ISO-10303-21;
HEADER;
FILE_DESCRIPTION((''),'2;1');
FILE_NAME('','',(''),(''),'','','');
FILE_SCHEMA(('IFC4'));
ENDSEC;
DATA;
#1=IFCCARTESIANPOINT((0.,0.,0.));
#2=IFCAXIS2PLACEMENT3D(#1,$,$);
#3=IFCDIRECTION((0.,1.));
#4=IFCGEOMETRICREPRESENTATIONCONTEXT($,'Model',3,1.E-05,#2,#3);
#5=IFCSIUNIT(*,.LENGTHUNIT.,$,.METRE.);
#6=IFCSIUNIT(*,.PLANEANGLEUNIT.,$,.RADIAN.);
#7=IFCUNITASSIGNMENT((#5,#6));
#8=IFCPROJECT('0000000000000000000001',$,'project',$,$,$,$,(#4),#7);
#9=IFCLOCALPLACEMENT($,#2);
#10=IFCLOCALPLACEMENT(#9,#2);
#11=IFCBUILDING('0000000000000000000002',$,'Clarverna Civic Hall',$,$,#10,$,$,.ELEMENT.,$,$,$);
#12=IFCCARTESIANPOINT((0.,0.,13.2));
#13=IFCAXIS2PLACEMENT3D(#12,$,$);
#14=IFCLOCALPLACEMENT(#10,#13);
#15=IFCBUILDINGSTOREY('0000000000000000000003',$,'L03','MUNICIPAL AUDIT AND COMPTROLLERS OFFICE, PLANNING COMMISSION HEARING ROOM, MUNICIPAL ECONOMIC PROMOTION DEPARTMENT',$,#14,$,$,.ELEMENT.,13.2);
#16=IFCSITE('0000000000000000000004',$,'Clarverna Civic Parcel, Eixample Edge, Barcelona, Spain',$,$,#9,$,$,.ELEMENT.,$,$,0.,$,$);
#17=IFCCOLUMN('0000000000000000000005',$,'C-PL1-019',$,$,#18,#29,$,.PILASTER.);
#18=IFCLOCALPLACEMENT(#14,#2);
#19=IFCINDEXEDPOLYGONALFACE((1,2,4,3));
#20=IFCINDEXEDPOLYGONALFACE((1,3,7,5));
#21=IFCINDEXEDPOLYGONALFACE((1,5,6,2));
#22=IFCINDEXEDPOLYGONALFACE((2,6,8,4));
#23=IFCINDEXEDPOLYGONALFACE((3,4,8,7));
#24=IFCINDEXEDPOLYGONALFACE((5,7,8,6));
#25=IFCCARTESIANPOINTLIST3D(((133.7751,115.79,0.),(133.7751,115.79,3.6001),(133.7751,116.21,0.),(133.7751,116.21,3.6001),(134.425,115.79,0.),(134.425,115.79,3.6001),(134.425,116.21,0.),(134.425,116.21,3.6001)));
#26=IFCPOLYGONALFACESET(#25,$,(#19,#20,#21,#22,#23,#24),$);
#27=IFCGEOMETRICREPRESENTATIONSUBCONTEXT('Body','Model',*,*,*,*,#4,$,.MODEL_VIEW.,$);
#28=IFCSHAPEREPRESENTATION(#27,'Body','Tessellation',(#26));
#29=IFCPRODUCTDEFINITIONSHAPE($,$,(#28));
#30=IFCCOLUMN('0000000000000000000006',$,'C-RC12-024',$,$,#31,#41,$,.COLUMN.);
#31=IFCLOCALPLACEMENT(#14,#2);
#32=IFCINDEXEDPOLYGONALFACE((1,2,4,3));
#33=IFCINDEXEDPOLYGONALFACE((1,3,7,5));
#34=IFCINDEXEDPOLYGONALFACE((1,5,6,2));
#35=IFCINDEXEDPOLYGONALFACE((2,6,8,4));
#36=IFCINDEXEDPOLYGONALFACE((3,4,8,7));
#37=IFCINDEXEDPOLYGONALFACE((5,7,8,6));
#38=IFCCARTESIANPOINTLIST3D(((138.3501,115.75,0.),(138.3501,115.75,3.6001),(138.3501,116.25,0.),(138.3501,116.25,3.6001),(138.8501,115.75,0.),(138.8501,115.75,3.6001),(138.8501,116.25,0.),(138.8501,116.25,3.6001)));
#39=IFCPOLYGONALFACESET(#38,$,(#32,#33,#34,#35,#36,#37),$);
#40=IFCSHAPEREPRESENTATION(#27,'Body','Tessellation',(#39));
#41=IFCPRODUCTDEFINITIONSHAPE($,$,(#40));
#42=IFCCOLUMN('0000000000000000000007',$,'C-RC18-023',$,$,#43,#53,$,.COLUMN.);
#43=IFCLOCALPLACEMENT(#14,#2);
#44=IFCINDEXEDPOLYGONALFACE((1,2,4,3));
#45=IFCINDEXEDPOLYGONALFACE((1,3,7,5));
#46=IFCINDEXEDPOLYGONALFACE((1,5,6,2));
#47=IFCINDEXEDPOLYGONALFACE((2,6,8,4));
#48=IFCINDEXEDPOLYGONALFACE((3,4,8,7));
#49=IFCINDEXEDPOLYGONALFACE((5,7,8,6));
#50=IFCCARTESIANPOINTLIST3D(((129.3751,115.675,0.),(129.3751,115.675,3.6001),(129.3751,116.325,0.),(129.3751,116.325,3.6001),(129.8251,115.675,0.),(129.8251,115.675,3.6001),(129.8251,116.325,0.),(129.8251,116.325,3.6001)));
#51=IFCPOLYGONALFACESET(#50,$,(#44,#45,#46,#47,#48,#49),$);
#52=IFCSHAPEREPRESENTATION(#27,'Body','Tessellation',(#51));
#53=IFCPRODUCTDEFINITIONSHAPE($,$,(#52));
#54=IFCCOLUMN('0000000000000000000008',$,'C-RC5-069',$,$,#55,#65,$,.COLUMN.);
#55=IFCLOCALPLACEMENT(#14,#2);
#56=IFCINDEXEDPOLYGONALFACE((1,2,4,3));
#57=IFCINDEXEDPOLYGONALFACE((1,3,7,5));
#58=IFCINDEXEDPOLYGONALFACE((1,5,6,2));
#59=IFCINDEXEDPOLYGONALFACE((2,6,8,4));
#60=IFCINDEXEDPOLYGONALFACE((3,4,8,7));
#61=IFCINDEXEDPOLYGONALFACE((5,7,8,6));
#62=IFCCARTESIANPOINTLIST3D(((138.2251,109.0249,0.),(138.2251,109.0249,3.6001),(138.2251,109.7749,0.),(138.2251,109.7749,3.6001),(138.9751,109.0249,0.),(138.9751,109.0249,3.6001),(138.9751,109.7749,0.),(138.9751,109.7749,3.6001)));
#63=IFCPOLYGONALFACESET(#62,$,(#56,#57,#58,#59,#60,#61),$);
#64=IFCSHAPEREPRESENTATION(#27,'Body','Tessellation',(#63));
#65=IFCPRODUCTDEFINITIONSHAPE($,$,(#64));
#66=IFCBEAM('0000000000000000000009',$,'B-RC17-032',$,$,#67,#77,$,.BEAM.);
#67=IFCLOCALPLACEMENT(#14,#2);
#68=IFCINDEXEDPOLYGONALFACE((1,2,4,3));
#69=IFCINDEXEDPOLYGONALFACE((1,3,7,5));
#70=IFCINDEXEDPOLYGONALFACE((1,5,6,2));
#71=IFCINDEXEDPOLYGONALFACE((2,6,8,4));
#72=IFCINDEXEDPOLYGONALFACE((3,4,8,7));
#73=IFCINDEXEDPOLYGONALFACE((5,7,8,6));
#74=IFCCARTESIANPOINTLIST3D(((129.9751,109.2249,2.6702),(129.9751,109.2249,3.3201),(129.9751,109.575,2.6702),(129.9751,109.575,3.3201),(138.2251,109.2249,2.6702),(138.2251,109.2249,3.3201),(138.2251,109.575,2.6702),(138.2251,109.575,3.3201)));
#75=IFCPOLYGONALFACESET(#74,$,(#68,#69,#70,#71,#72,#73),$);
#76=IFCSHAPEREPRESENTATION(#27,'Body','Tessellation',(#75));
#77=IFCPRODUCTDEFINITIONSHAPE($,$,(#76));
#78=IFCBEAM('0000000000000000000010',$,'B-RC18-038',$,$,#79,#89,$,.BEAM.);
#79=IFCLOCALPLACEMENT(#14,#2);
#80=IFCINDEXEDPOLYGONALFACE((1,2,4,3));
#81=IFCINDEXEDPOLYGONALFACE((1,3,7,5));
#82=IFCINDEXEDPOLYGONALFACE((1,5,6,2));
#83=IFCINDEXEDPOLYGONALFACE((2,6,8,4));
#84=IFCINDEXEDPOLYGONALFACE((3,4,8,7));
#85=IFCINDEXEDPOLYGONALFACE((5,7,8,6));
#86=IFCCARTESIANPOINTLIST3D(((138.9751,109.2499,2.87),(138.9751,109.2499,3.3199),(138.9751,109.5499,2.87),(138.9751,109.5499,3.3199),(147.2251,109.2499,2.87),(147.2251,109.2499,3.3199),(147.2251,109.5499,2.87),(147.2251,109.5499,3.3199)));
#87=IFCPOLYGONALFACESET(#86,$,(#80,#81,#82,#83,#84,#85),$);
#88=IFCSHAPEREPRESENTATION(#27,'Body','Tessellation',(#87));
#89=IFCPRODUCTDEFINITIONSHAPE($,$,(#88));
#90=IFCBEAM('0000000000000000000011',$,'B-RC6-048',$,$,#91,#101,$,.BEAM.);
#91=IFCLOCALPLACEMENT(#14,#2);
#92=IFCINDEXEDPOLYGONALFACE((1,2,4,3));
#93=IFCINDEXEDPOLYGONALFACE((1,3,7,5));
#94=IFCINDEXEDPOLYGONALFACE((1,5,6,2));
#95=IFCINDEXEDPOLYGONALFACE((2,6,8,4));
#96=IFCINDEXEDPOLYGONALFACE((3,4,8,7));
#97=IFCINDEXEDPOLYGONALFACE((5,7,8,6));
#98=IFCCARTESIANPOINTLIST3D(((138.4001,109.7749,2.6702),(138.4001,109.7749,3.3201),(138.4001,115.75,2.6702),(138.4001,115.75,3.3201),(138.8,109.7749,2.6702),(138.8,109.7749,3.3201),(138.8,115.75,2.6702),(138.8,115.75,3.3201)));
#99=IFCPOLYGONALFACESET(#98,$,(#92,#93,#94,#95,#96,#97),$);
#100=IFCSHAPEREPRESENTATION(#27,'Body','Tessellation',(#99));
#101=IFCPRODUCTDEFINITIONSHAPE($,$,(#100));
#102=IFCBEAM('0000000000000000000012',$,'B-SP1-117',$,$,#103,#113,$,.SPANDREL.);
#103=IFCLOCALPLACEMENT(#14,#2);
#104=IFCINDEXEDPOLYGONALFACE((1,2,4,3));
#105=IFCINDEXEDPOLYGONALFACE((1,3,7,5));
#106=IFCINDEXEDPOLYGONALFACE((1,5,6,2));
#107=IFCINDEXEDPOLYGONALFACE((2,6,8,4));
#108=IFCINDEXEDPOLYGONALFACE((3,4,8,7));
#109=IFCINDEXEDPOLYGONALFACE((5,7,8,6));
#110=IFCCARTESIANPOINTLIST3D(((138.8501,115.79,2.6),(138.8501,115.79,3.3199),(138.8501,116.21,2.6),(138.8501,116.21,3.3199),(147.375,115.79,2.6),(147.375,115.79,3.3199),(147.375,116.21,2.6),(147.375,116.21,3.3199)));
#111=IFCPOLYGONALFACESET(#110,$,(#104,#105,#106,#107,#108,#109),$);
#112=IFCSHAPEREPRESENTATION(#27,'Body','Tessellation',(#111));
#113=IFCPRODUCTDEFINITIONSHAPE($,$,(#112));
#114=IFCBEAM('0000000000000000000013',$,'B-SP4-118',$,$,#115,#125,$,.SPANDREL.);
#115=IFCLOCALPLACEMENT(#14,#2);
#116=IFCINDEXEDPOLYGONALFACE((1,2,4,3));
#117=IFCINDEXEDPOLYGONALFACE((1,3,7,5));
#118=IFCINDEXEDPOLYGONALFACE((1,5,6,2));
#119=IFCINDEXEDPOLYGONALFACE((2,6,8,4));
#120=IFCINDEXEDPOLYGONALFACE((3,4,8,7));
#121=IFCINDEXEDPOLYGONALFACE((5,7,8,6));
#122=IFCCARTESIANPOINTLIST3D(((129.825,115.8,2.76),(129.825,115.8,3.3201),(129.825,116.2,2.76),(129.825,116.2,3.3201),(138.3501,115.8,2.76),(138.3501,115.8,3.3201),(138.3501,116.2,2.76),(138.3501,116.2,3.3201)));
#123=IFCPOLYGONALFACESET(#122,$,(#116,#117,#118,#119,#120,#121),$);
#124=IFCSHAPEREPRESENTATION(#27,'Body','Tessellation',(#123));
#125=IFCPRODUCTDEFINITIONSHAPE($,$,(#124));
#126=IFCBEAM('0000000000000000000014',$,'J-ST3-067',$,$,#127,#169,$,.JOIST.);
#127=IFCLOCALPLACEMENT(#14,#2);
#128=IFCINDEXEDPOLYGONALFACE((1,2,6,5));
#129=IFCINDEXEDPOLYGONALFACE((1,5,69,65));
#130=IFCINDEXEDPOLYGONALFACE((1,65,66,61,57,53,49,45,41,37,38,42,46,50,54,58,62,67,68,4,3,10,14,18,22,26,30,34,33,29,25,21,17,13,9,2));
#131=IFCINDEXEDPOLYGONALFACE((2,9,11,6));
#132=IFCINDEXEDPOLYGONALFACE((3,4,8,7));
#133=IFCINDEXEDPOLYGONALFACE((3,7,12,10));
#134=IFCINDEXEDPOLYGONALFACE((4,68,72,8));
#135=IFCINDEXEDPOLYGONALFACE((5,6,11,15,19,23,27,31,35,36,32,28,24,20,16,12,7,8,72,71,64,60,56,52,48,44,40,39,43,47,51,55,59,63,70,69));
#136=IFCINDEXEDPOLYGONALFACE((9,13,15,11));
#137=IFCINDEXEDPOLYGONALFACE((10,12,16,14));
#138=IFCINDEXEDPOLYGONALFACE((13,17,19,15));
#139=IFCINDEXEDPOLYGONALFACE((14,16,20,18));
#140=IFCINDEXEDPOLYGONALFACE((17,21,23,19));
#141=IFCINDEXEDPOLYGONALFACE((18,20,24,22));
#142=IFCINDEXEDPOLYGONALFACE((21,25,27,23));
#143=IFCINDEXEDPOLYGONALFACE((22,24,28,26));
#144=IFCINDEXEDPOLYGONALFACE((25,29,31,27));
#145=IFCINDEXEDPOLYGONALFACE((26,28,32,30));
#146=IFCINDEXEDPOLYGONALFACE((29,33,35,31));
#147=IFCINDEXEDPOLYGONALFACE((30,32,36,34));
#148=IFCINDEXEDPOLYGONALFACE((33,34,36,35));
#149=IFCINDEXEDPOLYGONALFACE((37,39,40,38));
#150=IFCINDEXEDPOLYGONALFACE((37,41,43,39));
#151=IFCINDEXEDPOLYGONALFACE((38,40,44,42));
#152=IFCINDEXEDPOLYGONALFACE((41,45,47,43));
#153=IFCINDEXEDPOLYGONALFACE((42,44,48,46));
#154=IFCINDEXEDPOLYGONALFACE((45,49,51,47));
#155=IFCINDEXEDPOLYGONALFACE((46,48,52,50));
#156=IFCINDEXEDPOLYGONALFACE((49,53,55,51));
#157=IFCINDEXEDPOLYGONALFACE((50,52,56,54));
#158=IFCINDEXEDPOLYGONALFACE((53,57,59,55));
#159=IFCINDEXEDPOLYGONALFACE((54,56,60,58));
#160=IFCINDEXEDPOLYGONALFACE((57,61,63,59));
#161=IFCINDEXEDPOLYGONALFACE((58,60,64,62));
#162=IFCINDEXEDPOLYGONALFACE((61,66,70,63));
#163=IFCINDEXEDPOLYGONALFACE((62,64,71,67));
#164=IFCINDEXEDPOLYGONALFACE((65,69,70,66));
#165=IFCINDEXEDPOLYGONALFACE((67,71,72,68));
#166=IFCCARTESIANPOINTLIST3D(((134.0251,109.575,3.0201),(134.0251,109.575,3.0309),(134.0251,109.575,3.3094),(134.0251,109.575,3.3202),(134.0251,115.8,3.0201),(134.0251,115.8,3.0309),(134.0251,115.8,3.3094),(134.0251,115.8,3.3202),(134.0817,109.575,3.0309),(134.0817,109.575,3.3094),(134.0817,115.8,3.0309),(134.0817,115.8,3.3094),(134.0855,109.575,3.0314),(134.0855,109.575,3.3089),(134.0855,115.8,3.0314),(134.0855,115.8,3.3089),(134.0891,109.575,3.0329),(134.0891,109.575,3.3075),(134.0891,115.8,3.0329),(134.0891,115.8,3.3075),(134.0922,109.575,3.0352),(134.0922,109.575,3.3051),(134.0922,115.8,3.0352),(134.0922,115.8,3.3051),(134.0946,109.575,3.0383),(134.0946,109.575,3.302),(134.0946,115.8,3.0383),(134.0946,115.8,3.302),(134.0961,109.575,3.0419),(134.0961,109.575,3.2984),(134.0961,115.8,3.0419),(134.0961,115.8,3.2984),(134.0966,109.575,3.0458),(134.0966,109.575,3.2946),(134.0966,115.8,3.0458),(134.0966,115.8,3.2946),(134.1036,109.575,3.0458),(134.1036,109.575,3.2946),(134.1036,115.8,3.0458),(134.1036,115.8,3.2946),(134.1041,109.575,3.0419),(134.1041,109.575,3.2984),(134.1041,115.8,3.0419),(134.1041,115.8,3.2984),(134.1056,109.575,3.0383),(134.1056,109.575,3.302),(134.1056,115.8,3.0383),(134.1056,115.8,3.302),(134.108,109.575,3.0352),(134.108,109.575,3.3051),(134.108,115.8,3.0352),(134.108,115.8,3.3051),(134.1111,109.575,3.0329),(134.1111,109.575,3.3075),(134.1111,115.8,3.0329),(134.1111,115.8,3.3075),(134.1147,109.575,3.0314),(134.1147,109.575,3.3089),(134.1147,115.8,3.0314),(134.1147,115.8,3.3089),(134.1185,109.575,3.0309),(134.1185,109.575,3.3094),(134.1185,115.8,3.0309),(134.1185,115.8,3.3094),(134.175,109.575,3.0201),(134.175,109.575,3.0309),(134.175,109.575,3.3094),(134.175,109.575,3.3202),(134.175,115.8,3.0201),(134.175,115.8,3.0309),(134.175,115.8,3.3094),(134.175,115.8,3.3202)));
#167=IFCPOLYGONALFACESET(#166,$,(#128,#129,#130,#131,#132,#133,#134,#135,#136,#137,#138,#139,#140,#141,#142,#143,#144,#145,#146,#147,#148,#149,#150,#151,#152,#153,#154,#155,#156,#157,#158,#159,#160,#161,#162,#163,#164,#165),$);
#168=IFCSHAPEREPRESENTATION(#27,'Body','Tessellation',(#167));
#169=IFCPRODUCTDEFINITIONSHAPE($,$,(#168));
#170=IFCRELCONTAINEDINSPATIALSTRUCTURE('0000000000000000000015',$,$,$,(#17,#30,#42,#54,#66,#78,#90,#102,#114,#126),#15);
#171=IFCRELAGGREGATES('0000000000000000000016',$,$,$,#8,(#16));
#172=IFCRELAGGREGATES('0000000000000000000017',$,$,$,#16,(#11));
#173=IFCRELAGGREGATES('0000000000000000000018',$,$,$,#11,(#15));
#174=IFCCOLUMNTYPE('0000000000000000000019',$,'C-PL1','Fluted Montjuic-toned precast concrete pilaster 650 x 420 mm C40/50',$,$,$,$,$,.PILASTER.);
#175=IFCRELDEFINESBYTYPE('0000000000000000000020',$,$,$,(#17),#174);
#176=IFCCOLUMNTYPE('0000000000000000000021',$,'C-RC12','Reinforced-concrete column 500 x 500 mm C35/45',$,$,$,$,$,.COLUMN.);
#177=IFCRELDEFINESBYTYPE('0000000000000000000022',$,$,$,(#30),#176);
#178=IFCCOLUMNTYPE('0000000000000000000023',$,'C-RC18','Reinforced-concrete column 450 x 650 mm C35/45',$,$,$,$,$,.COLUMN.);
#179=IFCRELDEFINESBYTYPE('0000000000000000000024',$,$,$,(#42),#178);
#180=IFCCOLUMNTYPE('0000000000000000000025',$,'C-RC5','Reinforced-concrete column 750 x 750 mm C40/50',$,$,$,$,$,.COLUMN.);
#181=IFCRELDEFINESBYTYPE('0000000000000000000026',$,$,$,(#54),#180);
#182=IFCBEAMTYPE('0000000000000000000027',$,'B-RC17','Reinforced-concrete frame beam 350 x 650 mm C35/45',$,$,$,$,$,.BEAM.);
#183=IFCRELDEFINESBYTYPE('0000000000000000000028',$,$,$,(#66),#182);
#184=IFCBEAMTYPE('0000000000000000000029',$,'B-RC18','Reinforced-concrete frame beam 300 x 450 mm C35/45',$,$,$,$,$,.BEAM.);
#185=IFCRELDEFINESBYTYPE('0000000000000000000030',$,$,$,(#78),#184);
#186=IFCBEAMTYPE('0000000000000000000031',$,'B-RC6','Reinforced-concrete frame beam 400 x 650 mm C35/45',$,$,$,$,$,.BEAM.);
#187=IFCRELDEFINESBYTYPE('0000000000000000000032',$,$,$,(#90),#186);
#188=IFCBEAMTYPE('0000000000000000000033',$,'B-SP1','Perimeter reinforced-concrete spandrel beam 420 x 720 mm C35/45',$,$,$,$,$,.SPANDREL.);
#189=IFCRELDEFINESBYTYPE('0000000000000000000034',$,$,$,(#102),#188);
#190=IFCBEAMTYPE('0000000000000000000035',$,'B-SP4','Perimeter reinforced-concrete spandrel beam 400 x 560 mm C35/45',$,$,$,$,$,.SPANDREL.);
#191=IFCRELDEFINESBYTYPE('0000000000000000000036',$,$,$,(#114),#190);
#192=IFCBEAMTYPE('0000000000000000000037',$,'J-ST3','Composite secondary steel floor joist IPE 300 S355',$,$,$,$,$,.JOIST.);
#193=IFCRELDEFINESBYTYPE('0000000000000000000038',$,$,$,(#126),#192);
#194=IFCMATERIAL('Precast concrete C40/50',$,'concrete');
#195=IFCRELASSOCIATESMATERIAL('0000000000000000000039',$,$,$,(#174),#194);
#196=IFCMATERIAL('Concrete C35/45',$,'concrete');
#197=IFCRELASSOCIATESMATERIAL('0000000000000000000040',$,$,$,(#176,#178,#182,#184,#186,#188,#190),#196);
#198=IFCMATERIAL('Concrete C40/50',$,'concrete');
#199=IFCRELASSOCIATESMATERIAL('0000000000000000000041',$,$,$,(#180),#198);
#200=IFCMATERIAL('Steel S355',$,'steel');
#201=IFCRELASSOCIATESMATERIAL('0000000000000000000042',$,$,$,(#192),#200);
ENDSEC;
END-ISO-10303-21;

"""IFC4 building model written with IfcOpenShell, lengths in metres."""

from ifc_helpers import new_model, si_unit, direction, frame, origin, origin_2d, place, context, subcontext, project, spatial, rectangle, i_section, extrude, material, material_profile, profile_set, type_object, element, save


model = new_model("IFC4")

# Units and contexts
model_context = context("Model", 3, precision=1e-05, world=origin(), true_north=direction((0.0, 1.0)))
body_context = subcontext(model_context, "Body", "Model", "MODEL_VIEW")
ifc_project = project(units=[si_unit("LENGTHUNIT", "METRE"), si_unit("PLANEANGLEUNIT", "RADIAN")], contexts=[model_context])

# Site, building, storey
site_placement = place(None, origin())
site = spatial("IfcSite", under=ifc_project, at=site_placement, Name="Clarverna Civic Parcel, Eixample Edge, Barcelona, Spain", CompositionType="ELEMENT", RefElevation=0.0)
building_placement = place(site_placement, origin())
building = spatial("IfcBuilding", under=site, at=building_placement, Name="Clarverna Civic Hall", CompositionType="ELEMENT")
storey_placement = place(building_placement, frame((0.0, 0.0, 13.2)))
storey = spatial("IfcBuildingStorey", under=building, at=storey_placement, Name="L03", Description="MUNICIPAL AUDIT AND COMPTROLLERS OFFICE, PLANNING COMMISSION HEARING ROOM, MUNICIPAL ECONOMIC PROMOTION DEPARTMENT", CompositionType="ELEMENT", Elevation=13.2)

# Columns
ifc_material_1 = material(Name="Precast concrete C40/50", Category="concrete")
ifc_material_profile_1 = material_profile(ifc_material_1, rectangle(XDim=0.6499, YDim=0.4199, at=origin_2d()), Name="PILASTER 650x420")
ifc_profile_set_1 = profile_set([ifc_material_profile_1], Name="Precast concrete C40/50")
column_type_1 = type_object("IfcColumnType", Name="C-PL1", Description="Fluted Montjuic-toned precast concrete pilaster 650 x 420 mm C40/50", PredefinedType="PILASTER", material=ifc_profile_set_1)
column_1_placement = place(storey_placement, frame((134.1001, 116.0, 0.0), z_axis=(0.0, 0.0, 1.0), x_axis=(1.0, 0.0, 0.0)))
element("IfcColumn", 1, at=column_1_placement, inside=storey, type_object=column_type_1, Name="C-PL1-019", PredefinedType="PILASTER", context=body_context, shape_type="SweptSolid", body=[
    extrude(rectangle(XDim=0.6499, YDim=0.4199, at=origin_2d()), origin(), (0.0, 0.0, 1.0), 3.6001),
])
ifc_material_2 = material(Name="Concrete C35/45", Category="concrete")
ifc_material_profile_2 = material_profile(ifc_material_2, rectangle(XDim=0.5, YDim=0.5, at=origin_2d()), Name="RC 500x500")
ifc_profile_set_2 = profile_set([ifc_material_profile_2], Name="Concrete C35/45")
column_type_2 = type_object("IfcColumnType", Name="C-RC12", Description="Reinforced-concrete column 500 x 500 mm C35/45", PredefinedType="COLUMN", material=ifc_profile_set_2)
column_2_placement = place(storey_placement, frame((138.6001, 116.0, 0.0), z_axis=(0.0, 0.0, 1.0), x_axis=(1.0, 0.0, 0.0)))
element("IfcColumn", 2, at=column_2_placement, inside=storey, type_object=column_type_2, Name="C-RC12-024", PredefinedType="COLUMN", context=body_context, shape_type="SweptSolid", body=[
    extrude(rectangle(XDim=0.5, YDim=0.5, at=origin_2d()), origin(), (0.0, 0.0, 1.0), 3.6001),
])
ifc_material_profile_3 = material_profile(ifc_material_2, rectangle(XDim=0.45, YDim=0.6499, at=origin_2d()), Name="RC 450x650")
ifc_profile_set_3 = profile_set([ifc_material_profile_3], Name="Concrete C35/45")
column_type_3 = type_object("IfcColumnType", Name="C-RC18", Description="Reinforced-concrete column 450 x 650 mm C35/45", PredefinedType="COLUMN", material=ifc_profile_set_3)
column_3_placement = place(storey_placement, frame((129.6001, 116.0, 0.0), z_axis=(0.0, 0.0, 1.0), x_axis=(1.0, 0.0, 0.0)))
element("IfcColumn", 3, at=column_3_placement, inside=storey, type_object=column_type_3, Name="C-RC18-023", PredefinedType="COLUMN", context=body_context, shape_type="SweptSolid", body=[
    extrude(rectangle(XDim=0.45, YDim=0.6499, at=origin_2d()), origin(), (0.0, 0.0, 1.0), 3.6001),
])
ifc_material_3 = material(Name="Concrete C40/50", Category="concrete")
ifc_material_profile_4 = material_profile(ifc_material_3, rectangle(XDim=0.75, YDim=0.75, at=origin_2d()), Name="RC 750x750")
ifc_profile_set_4 = profile_set([ifc_material_profile_4], Name="Concrete C40/50")
column_type_4 = type_object("IfcColumnType", Name="C-RC5", Description="Reinforced-concrete column 750 x 750 mm C40/50", PredefinedType="COLUMN", material=ifc_profile_set_4)
column_4_placement = place(storey_placement, frame((138.6001, 109.3999, 0.0), z_axis=(0.0, 0.0, 1.0), x_axis=(1.0, 0.0, 0.0)))
element("IfcColumn", 4, at=column_4_placement, inside=storey, type_object=column_type_4, Name="C-RC5-069", PredefinedType="COLUMN", context=body_context, shape_type="SweptSolid", body=[
    extrude(rectangle(XDim=0.75, YDim=0.75, at=origin_2d()), origin(), (0.0, 0.0, 1.0), 3.6001),
])

# Beams
ifc_material_profile_5 = material_profile(ifc_material_2, rectangle(XDim=0.3501, YDim=0.6499, at=origin_2d()), Name="RC 350x650")
ifc_profile_set_5 = profile_set([ifc_material_profile_5], Name="Concrete C35/45")
beam_type_1 = type_object("IfcBeamType", Name="B-RC17", Description="Reinforced-concrete frame beam 350 x 650 mm C35/45", PredefinedType="BEAM", material=ifc_profile_set_5)
beam_1_placement = place(storey_placement, frame((129.9751, 109.3999, 2.9951), z_axis=(1.0, 0.0, 0.0), x_axis=(0.0, 1.0, 0.0)))
element("IfcBeam", 5, at=beam_1_placement, inside=storey, type_object=beam_type_1, Name="B-RC17-032", PredefinedType="BEAM", context=body_context, shape_type="SweptSolid", body=[
    extrude(rectangle(XDim=0.3501, YDim=0.6499, at=origin_2d()), origin(), (0.0, 0.0, 1.0), 8.25),
])
ifc_material_profile_6 = material_profile(ifc_material_2, rectangle(XDim=0.3, YDim=0.45, at=origin_2d()), Name="RC 300x450")
ifc_profile_set_6 = profile_set([ifc_material_profile_6], Name="Concrete C35/45")
beam_type_2 = type_object("IfcBeamType", Name="B-RC18", Description="Reinforced-concrete frame beam 300 x 450 mm C35/45", PredefinedType="BEAM", material=ifc_profile_set_6)
beam_2_placement = place(storey_placement, frame((138.9751, 109.3999, 3.095), z_axis=(1.0, 0.0, 0.0), x_axis=(0.0, 1.0, 0.0)))
element("IfcBeam", 6, at=beam_2_placement, inside=storey, type_object=beam_type_2, Name="B-RC18-038", PredefinedType="BEAM", context=body_context, shape_type="SweptSolid", body=[
    extrude(rectangle(XDim=0.3, YDim=0.45, at=origin_2d()), origin(), (0.0, 0.0, 1.0), 8.25),
])
ifc_material_profile_7 = material_profile(ifc_material_2, rectangle(XDim=0.3999, YDim=0.6499, at=origin_2d()), Name="RC 400x650")
ifc_profile_set_7 = profile_set([ifc_material_profile_7], Name="Concrete C35/45")
beam_type_3 = type_object("IfcBeamType", Name="B-RC6", Description="Reinforced-concrete frame beam 400 x 650 mm C35/45", PredefinedType="BEAM", material=ifc_profile_set_7)
beam_3_placement = place(storey_placement, frame((138.6001, 109.7749, 2.9951), z_axis=(0.0, 1.0, 0.0), x_axis=(-1.0, 0.0, 0.0)))
element("IfcBeam", 7, at=beam_3_placement, inside=storey, type_object=beam_type_3, Name="B-RC6-048", PredefinedType="BEAM", context=body_context, shape_type="SweptSolid", body=[
    extrude(rectangle(XDim=0.3999, YDim=0.6499, at=origin_2d()), origin(), (0.0, 0.0, 1.0), 5.9751),
])
ifc_material_profile_8 = material_profile(ifc_material_2, rectangle(XDim=0.4199, YDim=0.72, at=origin_2d()), Name="RC 420x720")
ifc_profile_set_8 = profile_set([ifc_material_profile_8], Name="Concrete C35/45")
beam_type_4 = type_object("IfcBeamType", Name="B-SP1", Description="Perimeter reinforced-concrete spandrel beam 420 x 720 mm C35/45", PredefinedType="SPANDREL", material=ifc_profile_set_8)
beam_4_placement = place(storey_placement, frame((138.8501, 116.0, 2.96), z_axis=(1.0, 0.0, 0.0), x_axis=(0.0, 1.0, 0.0)))
element("IfcBeam", 8, at=beam_4_placement, inside=storey, type_object=beam_type_4, Name="B-SP1-117", PredefinedType="SPANDREL", context=body_context, shape_type="SweptSolid", body=[
    extrude(rectangle(XDim=0.4199, YDim=0.72, at=origin_2d()), origin(), (0.0, 0.0, 1.0), 8.5249),
])
ifc_material_profile_9 = material_profile(ifc_material_2, rectangle(XDim=0.3999, YDim=0.5601, at=origin_2d()), Name="RC 400x560")
ifc_profile_set_9 = profile_set([ifc_material_profile_9], Name="Concrete C35/45")
beam_type_5 = type_object("IfcBeamType", Name="B-SP4", Description="Perimeter reinforced-concrete spandrel beam 400 x 560 mm C35/45", PredefinedType="SPANDREL", material=ifc_profile_set_9)
beam_5_placement = place(storey_placement, frame((129.825, 116.0, 3.04), z_axis=(1.0, 0.0, 0.0), x_axis=(0.0, 1.0, 0.0)))
element("IfcBeam", 9, at=beam_5_placement, inside=storey, type_object=beam_type_5, Name="B-SP4-118", PredefinedType="SPANDREL", context=body_context, shape_type="SweptSolid", body=[
    extrude(rectangle(XDim=0.3999, YDim=0.5601, at=origin_2d()), origin(), (0.0, 0.0, 1.0), 8.5251),
])
ifc_material_4 = material(Name="Steel S355", Category="steel")
ifc_material_profile_10 = material_profile(ifc_material_4, i_section(OverallWidth=0.1499, OverallDepth=0.3, WebThickness=0.0071, FlangeThickness=0.0107, FilletRadius=0.0149, at=origin_2d()), Name="IPE 300")
ifc_profile_set_10 = profile_set([ifc_material_profile_10], Name="Steel S355")
beam_type_6 = type_object("IfcBeamType", Name="J-ST3", Description="Composite secondary steel floor joist IPE 300 S355", PredefinedType="JOIST", material=ifc_profile_set_10)
beam_6_placement = place(storey_placement, frame((134.1001, 109.575, 3.1702), z_axis=(0.0, 1.0, 0.0), x_axis=(-1.0, 0.0, 0.0)))
element("IfcBeam", 10, at=beam_6_placement, inside=storey, type_object=beam_type_6, Name="J-ST3-067", PredefinedType="JOIST", context=body_context, shape_type="SweptSolid", body=[
    extrude(i_section(OverallWidth=0.1499, OverallDepth=0.3, WebThickness=0.0071, FlangeThickness=0.0107, FilletRadius=0.0149, at=origin_2d()), origin(), (0.0, 0.0, 1.0), 6.2251),
])

save(model, "model.ifc")
